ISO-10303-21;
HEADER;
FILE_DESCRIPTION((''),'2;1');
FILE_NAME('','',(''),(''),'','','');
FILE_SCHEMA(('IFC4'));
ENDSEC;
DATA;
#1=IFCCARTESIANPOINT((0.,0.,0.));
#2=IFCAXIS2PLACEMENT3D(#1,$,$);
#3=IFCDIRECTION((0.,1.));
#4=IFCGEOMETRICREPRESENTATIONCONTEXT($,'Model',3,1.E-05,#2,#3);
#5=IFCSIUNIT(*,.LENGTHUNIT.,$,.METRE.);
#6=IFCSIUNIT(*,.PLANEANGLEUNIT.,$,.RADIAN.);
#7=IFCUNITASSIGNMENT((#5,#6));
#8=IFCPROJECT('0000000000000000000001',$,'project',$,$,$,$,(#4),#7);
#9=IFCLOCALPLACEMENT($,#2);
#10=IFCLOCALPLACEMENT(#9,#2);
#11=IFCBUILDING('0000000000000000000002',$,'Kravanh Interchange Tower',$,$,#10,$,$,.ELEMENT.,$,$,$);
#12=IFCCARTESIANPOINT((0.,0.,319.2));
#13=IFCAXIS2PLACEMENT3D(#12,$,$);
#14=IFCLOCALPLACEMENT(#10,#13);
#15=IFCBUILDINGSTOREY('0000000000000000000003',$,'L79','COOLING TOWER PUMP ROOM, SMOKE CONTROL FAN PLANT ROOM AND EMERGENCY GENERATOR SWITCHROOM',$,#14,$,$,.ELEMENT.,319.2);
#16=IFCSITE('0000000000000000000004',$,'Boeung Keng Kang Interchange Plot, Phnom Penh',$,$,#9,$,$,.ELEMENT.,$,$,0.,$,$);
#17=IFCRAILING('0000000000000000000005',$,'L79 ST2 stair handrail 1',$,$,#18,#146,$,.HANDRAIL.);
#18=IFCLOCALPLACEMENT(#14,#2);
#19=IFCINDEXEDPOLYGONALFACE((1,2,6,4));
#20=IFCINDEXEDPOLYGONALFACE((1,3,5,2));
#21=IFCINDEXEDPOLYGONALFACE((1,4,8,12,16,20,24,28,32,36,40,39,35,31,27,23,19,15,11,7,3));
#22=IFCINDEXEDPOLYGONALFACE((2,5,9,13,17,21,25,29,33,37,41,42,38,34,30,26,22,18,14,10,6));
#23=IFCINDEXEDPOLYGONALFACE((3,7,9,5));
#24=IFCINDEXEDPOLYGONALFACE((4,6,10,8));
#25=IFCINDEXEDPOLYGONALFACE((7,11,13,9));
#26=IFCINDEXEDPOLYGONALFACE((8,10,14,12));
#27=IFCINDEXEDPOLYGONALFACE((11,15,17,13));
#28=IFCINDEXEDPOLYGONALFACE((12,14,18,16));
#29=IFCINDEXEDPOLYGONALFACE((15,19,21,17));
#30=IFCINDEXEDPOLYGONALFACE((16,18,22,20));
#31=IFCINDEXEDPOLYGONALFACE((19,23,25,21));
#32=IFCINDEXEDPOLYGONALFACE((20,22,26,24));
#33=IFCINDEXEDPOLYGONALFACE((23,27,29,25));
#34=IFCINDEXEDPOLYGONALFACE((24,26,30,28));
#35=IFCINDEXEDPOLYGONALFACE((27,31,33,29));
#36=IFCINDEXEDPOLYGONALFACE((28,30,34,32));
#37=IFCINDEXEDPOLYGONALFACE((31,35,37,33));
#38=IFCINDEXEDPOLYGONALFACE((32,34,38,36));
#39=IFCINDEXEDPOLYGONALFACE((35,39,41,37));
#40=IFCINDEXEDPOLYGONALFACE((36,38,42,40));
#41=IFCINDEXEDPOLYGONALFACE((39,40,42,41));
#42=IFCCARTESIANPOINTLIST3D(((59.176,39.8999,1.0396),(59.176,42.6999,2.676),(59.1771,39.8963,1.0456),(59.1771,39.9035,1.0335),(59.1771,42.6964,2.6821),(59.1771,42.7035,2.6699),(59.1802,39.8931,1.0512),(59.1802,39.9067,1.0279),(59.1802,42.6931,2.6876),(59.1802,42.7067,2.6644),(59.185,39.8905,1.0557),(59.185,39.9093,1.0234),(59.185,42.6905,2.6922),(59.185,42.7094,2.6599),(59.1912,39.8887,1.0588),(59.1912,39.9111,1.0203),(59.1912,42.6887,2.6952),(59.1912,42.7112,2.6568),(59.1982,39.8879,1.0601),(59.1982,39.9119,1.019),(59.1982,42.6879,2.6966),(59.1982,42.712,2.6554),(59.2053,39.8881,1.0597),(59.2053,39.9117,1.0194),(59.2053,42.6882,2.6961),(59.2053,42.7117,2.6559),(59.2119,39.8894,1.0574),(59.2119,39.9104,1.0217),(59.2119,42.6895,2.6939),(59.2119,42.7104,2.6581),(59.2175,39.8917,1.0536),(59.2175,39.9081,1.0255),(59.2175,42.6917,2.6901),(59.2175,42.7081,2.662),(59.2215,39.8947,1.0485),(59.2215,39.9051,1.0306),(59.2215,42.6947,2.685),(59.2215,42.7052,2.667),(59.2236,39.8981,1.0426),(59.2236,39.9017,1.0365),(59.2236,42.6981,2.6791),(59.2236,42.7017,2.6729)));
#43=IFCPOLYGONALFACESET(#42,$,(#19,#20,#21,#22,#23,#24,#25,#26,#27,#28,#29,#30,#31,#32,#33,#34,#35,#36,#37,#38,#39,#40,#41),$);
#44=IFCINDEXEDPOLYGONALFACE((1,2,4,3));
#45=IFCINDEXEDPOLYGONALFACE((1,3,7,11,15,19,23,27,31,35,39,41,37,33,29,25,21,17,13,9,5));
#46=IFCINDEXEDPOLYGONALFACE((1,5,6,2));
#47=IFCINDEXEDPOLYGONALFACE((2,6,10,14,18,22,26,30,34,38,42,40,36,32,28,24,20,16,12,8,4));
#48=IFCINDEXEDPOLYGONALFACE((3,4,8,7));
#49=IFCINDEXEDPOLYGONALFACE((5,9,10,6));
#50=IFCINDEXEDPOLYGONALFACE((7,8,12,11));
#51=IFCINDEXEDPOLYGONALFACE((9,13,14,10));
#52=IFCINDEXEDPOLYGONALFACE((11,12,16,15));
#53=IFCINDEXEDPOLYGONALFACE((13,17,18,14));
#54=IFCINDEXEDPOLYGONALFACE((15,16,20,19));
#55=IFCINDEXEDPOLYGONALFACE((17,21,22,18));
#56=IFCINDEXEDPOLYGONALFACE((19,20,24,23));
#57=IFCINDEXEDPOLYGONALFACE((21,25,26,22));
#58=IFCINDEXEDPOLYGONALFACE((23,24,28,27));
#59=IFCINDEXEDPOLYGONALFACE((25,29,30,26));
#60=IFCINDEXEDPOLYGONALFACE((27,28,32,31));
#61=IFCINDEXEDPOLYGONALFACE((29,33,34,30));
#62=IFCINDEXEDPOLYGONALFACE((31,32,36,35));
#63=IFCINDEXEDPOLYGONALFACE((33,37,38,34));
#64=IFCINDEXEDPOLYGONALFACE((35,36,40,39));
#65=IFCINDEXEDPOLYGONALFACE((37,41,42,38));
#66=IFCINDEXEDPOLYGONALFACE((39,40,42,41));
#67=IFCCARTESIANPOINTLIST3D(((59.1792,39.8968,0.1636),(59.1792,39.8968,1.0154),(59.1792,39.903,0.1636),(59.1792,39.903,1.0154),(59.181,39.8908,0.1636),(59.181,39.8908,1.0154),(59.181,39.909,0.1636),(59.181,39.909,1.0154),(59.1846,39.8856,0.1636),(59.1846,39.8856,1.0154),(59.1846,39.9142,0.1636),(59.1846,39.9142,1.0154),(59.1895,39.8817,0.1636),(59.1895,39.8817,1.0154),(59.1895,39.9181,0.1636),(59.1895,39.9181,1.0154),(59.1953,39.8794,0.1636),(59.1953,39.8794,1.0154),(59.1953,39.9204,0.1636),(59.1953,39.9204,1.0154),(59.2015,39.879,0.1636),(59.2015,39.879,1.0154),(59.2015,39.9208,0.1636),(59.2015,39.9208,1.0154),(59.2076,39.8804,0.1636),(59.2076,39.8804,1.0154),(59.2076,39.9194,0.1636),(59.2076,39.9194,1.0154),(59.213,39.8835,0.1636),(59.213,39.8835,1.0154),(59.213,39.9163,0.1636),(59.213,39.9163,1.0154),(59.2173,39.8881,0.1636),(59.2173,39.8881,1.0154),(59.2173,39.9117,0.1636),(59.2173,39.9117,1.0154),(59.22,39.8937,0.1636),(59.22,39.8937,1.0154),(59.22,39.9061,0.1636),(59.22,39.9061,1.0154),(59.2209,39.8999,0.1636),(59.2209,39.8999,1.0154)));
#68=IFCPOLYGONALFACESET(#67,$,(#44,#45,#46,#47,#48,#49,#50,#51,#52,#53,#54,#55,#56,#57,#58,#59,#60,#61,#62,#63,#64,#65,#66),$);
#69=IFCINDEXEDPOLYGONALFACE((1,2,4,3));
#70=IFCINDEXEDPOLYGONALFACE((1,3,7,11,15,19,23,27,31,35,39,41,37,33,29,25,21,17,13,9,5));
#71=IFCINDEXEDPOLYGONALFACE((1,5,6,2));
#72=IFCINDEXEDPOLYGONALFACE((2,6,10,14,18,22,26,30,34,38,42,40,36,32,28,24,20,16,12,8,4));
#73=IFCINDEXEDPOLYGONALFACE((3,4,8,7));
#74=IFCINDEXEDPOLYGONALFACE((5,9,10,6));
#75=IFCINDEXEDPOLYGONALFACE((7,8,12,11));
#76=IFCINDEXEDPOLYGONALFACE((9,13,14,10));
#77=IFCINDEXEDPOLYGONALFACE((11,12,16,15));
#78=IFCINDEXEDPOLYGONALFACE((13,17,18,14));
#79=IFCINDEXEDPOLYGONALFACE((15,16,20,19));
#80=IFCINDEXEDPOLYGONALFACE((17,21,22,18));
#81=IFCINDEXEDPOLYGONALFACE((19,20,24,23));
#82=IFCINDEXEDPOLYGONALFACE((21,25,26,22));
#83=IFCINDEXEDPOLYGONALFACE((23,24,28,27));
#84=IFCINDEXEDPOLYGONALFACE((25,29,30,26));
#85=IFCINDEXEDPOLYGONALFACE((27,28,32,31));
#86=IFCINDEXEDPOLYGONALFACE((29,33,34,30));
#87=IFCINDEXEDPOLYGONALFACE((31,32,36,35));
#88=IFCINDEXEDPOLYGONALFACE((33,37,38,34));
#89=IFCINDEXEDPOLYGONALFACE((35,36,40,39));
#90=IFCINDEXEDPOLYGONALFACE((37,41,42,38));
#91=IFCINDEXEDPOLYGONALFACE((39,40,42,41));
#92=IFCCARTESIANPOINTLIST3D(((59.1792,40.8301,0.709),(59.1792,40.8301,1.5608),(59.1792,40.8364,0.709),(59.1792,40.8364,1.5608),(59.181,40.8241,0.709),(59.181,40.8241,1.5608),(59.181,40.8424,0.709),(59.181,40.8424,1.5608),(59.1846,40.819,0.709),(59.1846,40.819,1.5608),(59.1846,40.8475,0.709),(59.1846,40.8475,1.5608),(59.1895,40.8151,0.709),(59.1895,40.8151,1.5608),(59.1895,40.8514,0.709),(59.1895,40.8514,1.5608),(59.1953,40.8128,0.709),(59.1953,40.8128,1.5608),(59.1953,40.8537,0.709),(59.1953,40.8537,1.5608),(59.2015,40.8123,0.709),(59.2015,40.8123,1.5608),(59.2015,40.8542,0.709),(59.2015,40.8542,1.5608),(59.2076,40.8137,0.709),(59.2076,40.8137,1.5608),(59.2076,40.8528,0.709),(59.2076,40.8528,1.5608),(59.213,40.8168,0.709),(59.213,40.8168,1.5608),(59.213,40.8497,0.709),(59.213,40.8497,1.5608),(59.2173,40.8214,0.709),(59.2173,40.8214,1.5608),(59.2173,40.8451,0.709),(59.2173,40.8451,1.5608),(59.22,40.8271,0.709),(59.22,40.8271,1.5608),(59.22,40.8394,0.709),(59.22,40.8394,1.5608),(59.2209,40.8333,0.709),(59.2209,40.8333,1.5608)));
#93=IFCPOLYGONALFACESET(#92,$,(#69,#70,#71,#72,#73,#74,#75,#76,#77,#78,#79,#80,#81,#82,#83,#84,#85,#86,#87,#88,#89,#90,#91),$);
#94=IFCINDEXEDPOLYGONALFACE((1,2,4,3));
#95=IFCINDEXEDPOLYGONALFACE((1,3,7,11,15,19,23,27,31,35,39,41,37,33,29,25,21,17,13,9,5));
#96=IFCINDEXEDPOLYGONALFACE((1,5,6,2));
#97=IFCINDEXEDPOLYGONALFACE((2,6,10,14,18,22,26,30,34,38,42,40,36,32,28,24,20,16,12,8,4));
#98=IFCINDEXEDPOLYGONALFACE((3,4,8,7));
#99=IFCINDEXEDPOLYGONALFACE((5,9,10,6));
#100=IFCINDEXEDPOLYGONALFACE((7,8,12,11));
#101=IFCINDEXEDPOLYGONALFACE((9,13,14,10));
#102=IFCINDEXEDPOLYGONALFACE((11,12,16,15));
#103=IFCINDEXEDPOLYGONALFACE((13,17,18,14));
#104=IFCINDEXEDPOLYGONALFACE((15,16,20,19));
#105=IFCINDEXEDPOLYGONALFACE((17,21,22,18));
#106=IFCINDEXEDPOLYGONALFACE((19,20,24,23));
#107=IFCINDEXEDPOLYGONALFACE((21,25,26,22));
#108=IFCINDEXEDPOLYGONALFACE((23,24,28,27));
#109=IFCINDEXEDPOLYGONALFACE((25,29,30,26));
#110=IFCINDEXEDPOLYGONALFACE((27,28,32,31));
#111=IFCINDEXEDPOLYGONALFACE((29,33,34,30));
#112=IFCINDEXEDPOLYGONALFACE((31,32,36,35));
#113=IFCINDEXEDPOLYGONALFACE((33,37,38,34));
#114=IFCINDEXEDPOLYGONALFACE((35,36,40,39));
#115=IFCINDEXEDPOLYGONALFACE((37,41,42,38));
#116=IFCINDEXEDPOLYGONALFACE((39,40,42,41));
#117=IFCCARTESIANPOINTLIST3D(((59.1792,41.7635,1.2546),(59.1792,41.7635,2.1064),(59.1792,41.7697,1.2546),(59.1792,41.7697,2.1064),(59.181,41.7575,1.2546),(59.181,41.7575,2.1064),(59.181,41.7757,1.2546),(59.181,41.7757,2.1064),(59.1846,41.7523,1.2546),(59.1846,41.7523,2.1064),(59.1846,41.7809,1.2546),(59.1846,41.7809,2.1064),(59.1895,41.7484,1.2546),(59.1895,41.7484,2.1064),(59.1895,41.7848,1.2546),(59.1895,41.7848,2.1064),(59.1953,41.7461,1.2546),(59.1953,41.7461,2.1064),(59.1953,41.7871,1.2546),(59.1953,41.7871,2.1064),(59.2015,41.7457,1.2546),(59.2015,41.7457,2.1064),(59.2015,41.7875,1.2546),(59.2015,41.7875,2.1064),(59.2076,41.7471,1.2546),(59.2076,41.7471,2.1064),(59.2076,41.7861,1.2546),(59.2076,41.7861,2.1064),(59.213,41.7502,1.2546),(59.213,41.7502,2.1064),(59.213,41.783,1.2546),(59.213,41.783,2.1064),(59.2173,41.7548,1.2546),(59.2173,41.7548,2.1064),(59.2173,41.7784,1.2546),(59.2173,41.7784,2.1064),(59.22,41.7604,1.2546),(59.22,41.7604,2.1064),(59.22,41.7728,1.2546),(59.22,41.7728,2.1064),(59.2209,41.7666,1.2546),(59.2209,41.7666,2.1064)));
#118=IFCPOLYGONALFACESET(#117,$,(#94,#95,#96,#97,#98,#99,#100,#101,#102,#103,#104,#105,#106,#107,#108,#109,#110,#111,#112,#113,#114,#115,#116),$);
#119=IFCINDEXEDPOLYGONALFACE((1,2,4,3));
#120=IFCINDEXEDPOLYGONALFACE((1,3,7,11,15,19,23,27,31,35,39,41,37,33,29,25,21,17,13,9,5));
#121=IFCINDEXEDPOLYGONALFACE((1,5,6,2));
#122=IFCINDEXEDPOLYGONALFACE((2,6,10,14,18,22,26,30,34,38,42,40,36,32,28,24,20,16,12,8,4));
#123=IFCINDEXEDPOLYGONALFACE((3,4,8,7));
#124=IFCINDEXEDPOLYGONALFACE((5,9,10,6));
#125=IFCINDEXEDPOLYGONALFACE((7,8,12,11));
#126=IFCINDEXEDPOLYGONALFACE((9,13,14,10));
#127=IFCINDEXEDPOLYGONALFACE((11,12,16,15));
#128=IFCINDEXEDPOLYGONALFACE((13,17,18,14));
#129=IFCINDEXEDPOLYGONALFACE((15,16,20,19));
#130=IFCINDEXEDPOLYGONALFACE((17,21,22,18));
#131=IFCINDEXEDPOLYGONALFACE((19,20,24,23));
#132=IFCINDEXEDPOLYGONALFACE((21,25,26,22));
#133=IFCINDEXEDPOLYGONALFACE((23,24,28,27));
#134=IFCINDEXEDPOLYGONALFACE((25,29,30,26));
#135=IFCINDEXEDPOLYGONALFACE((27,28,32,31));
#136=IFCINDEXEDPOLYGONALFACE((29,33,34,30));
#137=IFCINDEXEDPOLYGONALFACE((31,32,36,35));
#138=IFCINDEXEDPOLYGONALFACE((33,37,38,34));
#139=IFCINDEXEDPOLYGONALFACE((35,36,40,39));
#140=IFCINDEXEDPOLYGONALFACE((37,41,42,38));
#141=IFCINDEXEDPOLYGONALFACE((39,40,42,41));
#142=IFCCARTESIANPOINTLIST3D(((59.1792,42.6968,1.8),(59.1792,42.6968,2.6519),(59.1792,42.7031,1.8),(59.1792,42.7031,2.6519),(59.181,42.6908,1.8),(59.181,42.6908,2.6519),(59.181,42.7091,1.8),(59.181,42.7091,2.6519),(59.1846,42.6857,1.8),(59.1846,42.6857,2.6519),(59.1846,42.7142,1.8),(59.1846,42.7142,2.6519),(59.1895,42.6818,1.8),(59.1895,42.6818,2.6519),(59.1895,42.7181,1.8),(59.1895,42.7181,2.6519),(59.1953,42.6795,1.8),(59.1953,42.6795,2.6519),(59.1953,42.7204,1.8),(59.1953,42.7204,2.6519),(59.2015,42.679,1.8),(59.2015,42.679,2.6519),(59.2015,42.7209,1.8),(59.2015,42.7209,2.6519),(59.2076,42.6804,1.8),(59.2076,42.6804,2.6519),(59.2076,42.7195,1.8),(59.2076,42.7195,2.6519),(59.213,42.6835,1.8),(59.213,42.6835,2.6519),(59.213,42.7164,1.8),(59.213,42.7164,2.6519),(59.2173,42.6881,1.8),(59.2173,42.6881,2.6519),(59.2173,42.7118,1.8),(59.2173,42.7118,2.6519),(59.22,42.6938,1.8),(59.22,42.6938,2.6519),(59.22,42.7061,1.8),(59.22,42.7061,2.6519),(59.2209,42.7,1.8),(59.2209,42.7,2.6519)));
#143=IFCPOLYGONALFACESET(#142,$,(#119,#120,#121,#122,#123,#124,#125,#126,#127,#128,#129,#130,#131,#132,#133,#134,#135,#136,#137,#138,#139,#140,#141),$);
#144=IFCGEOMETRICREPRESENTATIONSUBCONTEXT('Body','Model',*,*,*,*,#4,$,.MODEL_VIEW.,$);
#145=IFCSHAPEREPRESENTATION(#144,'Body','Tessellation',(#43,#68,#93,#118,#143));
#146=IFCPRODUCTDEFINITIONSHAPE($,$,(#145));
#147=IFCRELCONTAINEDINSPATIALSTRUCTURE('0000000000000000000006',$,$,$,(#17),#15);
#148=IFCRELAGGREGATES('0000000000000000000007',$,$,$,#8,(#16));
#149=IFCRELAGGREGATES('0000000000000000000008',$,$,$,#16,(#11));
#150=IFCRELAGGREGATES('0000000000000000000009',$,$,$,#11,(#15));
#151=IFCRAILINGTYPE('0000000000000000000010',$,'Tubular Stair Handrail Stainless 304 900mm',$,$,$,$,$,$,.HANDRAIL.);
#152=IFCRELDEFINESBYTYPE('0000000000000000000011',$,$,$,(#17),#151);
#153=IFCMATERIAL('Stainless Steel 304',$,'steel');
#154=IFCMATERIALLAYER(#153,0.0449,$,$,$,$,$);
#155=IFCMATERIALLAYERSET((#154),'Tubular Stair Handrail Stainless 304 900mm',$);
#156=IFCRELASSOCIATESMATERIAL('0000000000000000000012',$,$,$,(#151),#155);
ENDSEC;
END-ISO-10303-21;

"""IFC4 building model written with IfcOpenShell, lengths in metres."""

from ifc_helpers import new_model, si_unit, direction, frame, origin, origin_2d, place, context, subcontext, project, spatial, circle, extrude, material, layer, layer_set, type_object, element, save


model = new_model("IFC4")

# Units and contexts
model_context = context("Model", 3, precision=1e-05, world=origin(), true_north=direction((0.0, 1.0)))
body_context = subcontext(model_context, "Body", "Model", "MODEL_VIEW")
ifc_project = project(units=[si_unit("LENGTHUNIT", "METRE"), si_unit("PLANEANGLEUNIT", "RADIAN")], contexts=[model_context])

# Site, building, storey
site_placement = place(None, origin())
site = spatial("IfcSite", under=ifc_project, at=site_placement, Name="Boeung Keng Kang Interchange Plot, Phnom Penh", CompositionType="ELEMENT", RefElevation=0.0)
building_placement = place(site_placement, origin())
building = spatial("IfcBuilding", under=site, at=building_placement, Name="Kravanh Interchange Tower", CompositionType="ELEMENT")
storey_placement = place(building_placement, frame((0.0, 0.0, 319.2)))
storey = spatial("IfcBuildingStorey", under=building, at=storey_placement, Name="L79", Description="COOLING TOWER PUMP ROOM, SMOKE CONTROL FAN PLANT ROOM AND EMERGENCY GENERATOR SWITCHROOM", CompositionType="ELEMENT", Elevation=319.2)

# Railing
ifc_material_1 = material(Name="Stainless Steel 304", Category="steel")
ifc_layer_1 = layer(ifc_material_1, 0.0449)
ifc_layer_set_1 = layer_set([ifc_layer_1], Name="Tubular Stair Handrail Stainless 304 900mm")
railing_type_1 = type_object("IfcRailingType", Name="Tubular Stair Handrail Stainless 304 900mm", PredefinedType="HANDRAIL", material=ifc_layer_set_1)
railing_1_placement = place(storey_placement, frame((59.2, 39.8999, 0.1636)))
element("IfcRailing", 1, at=railing_1_placement, inside=storey, type_object=railing_type_1, Name="L79 ST2 stair handrail 1", PredefinedType="HANDRAIL", context=body_context, shape_type="SweptSolid", body=[
    extrude(circle(Radius=0.0239, at=origin_2d()), frame((0.0, 0.0, 0.876), z_axis=(0.0, 0.863361, 0.504587), x_axis=(-1.0, 0.0, 0.0)), (0.0, 0.0, 1.0), 3.2432),
    extrude(circle(Radius=0.021, at=origin_2d()), origin(), (0.0, 0.0, 1.0), 0.8518),
    extrude(circle(Radius=0.021, at=origin_2d()), frame((0.0, 0.9333, 0.5454)), (0.0, 0.0, 1.0), 0.8518),
    extrude(circle(Radius=0.021, at=origin_2d()), frame((0.0, 1.8667, 1.0911)), (0.0, 0.0, 1.0), 0.8518),
    extrude(circle(Radius=0.021, at=origin_2d()), frame((0.0, 2.8, 1.6365)), (0.0, 0.0, 1.0), 0.8518),
])

save(model, "model.ifc")
